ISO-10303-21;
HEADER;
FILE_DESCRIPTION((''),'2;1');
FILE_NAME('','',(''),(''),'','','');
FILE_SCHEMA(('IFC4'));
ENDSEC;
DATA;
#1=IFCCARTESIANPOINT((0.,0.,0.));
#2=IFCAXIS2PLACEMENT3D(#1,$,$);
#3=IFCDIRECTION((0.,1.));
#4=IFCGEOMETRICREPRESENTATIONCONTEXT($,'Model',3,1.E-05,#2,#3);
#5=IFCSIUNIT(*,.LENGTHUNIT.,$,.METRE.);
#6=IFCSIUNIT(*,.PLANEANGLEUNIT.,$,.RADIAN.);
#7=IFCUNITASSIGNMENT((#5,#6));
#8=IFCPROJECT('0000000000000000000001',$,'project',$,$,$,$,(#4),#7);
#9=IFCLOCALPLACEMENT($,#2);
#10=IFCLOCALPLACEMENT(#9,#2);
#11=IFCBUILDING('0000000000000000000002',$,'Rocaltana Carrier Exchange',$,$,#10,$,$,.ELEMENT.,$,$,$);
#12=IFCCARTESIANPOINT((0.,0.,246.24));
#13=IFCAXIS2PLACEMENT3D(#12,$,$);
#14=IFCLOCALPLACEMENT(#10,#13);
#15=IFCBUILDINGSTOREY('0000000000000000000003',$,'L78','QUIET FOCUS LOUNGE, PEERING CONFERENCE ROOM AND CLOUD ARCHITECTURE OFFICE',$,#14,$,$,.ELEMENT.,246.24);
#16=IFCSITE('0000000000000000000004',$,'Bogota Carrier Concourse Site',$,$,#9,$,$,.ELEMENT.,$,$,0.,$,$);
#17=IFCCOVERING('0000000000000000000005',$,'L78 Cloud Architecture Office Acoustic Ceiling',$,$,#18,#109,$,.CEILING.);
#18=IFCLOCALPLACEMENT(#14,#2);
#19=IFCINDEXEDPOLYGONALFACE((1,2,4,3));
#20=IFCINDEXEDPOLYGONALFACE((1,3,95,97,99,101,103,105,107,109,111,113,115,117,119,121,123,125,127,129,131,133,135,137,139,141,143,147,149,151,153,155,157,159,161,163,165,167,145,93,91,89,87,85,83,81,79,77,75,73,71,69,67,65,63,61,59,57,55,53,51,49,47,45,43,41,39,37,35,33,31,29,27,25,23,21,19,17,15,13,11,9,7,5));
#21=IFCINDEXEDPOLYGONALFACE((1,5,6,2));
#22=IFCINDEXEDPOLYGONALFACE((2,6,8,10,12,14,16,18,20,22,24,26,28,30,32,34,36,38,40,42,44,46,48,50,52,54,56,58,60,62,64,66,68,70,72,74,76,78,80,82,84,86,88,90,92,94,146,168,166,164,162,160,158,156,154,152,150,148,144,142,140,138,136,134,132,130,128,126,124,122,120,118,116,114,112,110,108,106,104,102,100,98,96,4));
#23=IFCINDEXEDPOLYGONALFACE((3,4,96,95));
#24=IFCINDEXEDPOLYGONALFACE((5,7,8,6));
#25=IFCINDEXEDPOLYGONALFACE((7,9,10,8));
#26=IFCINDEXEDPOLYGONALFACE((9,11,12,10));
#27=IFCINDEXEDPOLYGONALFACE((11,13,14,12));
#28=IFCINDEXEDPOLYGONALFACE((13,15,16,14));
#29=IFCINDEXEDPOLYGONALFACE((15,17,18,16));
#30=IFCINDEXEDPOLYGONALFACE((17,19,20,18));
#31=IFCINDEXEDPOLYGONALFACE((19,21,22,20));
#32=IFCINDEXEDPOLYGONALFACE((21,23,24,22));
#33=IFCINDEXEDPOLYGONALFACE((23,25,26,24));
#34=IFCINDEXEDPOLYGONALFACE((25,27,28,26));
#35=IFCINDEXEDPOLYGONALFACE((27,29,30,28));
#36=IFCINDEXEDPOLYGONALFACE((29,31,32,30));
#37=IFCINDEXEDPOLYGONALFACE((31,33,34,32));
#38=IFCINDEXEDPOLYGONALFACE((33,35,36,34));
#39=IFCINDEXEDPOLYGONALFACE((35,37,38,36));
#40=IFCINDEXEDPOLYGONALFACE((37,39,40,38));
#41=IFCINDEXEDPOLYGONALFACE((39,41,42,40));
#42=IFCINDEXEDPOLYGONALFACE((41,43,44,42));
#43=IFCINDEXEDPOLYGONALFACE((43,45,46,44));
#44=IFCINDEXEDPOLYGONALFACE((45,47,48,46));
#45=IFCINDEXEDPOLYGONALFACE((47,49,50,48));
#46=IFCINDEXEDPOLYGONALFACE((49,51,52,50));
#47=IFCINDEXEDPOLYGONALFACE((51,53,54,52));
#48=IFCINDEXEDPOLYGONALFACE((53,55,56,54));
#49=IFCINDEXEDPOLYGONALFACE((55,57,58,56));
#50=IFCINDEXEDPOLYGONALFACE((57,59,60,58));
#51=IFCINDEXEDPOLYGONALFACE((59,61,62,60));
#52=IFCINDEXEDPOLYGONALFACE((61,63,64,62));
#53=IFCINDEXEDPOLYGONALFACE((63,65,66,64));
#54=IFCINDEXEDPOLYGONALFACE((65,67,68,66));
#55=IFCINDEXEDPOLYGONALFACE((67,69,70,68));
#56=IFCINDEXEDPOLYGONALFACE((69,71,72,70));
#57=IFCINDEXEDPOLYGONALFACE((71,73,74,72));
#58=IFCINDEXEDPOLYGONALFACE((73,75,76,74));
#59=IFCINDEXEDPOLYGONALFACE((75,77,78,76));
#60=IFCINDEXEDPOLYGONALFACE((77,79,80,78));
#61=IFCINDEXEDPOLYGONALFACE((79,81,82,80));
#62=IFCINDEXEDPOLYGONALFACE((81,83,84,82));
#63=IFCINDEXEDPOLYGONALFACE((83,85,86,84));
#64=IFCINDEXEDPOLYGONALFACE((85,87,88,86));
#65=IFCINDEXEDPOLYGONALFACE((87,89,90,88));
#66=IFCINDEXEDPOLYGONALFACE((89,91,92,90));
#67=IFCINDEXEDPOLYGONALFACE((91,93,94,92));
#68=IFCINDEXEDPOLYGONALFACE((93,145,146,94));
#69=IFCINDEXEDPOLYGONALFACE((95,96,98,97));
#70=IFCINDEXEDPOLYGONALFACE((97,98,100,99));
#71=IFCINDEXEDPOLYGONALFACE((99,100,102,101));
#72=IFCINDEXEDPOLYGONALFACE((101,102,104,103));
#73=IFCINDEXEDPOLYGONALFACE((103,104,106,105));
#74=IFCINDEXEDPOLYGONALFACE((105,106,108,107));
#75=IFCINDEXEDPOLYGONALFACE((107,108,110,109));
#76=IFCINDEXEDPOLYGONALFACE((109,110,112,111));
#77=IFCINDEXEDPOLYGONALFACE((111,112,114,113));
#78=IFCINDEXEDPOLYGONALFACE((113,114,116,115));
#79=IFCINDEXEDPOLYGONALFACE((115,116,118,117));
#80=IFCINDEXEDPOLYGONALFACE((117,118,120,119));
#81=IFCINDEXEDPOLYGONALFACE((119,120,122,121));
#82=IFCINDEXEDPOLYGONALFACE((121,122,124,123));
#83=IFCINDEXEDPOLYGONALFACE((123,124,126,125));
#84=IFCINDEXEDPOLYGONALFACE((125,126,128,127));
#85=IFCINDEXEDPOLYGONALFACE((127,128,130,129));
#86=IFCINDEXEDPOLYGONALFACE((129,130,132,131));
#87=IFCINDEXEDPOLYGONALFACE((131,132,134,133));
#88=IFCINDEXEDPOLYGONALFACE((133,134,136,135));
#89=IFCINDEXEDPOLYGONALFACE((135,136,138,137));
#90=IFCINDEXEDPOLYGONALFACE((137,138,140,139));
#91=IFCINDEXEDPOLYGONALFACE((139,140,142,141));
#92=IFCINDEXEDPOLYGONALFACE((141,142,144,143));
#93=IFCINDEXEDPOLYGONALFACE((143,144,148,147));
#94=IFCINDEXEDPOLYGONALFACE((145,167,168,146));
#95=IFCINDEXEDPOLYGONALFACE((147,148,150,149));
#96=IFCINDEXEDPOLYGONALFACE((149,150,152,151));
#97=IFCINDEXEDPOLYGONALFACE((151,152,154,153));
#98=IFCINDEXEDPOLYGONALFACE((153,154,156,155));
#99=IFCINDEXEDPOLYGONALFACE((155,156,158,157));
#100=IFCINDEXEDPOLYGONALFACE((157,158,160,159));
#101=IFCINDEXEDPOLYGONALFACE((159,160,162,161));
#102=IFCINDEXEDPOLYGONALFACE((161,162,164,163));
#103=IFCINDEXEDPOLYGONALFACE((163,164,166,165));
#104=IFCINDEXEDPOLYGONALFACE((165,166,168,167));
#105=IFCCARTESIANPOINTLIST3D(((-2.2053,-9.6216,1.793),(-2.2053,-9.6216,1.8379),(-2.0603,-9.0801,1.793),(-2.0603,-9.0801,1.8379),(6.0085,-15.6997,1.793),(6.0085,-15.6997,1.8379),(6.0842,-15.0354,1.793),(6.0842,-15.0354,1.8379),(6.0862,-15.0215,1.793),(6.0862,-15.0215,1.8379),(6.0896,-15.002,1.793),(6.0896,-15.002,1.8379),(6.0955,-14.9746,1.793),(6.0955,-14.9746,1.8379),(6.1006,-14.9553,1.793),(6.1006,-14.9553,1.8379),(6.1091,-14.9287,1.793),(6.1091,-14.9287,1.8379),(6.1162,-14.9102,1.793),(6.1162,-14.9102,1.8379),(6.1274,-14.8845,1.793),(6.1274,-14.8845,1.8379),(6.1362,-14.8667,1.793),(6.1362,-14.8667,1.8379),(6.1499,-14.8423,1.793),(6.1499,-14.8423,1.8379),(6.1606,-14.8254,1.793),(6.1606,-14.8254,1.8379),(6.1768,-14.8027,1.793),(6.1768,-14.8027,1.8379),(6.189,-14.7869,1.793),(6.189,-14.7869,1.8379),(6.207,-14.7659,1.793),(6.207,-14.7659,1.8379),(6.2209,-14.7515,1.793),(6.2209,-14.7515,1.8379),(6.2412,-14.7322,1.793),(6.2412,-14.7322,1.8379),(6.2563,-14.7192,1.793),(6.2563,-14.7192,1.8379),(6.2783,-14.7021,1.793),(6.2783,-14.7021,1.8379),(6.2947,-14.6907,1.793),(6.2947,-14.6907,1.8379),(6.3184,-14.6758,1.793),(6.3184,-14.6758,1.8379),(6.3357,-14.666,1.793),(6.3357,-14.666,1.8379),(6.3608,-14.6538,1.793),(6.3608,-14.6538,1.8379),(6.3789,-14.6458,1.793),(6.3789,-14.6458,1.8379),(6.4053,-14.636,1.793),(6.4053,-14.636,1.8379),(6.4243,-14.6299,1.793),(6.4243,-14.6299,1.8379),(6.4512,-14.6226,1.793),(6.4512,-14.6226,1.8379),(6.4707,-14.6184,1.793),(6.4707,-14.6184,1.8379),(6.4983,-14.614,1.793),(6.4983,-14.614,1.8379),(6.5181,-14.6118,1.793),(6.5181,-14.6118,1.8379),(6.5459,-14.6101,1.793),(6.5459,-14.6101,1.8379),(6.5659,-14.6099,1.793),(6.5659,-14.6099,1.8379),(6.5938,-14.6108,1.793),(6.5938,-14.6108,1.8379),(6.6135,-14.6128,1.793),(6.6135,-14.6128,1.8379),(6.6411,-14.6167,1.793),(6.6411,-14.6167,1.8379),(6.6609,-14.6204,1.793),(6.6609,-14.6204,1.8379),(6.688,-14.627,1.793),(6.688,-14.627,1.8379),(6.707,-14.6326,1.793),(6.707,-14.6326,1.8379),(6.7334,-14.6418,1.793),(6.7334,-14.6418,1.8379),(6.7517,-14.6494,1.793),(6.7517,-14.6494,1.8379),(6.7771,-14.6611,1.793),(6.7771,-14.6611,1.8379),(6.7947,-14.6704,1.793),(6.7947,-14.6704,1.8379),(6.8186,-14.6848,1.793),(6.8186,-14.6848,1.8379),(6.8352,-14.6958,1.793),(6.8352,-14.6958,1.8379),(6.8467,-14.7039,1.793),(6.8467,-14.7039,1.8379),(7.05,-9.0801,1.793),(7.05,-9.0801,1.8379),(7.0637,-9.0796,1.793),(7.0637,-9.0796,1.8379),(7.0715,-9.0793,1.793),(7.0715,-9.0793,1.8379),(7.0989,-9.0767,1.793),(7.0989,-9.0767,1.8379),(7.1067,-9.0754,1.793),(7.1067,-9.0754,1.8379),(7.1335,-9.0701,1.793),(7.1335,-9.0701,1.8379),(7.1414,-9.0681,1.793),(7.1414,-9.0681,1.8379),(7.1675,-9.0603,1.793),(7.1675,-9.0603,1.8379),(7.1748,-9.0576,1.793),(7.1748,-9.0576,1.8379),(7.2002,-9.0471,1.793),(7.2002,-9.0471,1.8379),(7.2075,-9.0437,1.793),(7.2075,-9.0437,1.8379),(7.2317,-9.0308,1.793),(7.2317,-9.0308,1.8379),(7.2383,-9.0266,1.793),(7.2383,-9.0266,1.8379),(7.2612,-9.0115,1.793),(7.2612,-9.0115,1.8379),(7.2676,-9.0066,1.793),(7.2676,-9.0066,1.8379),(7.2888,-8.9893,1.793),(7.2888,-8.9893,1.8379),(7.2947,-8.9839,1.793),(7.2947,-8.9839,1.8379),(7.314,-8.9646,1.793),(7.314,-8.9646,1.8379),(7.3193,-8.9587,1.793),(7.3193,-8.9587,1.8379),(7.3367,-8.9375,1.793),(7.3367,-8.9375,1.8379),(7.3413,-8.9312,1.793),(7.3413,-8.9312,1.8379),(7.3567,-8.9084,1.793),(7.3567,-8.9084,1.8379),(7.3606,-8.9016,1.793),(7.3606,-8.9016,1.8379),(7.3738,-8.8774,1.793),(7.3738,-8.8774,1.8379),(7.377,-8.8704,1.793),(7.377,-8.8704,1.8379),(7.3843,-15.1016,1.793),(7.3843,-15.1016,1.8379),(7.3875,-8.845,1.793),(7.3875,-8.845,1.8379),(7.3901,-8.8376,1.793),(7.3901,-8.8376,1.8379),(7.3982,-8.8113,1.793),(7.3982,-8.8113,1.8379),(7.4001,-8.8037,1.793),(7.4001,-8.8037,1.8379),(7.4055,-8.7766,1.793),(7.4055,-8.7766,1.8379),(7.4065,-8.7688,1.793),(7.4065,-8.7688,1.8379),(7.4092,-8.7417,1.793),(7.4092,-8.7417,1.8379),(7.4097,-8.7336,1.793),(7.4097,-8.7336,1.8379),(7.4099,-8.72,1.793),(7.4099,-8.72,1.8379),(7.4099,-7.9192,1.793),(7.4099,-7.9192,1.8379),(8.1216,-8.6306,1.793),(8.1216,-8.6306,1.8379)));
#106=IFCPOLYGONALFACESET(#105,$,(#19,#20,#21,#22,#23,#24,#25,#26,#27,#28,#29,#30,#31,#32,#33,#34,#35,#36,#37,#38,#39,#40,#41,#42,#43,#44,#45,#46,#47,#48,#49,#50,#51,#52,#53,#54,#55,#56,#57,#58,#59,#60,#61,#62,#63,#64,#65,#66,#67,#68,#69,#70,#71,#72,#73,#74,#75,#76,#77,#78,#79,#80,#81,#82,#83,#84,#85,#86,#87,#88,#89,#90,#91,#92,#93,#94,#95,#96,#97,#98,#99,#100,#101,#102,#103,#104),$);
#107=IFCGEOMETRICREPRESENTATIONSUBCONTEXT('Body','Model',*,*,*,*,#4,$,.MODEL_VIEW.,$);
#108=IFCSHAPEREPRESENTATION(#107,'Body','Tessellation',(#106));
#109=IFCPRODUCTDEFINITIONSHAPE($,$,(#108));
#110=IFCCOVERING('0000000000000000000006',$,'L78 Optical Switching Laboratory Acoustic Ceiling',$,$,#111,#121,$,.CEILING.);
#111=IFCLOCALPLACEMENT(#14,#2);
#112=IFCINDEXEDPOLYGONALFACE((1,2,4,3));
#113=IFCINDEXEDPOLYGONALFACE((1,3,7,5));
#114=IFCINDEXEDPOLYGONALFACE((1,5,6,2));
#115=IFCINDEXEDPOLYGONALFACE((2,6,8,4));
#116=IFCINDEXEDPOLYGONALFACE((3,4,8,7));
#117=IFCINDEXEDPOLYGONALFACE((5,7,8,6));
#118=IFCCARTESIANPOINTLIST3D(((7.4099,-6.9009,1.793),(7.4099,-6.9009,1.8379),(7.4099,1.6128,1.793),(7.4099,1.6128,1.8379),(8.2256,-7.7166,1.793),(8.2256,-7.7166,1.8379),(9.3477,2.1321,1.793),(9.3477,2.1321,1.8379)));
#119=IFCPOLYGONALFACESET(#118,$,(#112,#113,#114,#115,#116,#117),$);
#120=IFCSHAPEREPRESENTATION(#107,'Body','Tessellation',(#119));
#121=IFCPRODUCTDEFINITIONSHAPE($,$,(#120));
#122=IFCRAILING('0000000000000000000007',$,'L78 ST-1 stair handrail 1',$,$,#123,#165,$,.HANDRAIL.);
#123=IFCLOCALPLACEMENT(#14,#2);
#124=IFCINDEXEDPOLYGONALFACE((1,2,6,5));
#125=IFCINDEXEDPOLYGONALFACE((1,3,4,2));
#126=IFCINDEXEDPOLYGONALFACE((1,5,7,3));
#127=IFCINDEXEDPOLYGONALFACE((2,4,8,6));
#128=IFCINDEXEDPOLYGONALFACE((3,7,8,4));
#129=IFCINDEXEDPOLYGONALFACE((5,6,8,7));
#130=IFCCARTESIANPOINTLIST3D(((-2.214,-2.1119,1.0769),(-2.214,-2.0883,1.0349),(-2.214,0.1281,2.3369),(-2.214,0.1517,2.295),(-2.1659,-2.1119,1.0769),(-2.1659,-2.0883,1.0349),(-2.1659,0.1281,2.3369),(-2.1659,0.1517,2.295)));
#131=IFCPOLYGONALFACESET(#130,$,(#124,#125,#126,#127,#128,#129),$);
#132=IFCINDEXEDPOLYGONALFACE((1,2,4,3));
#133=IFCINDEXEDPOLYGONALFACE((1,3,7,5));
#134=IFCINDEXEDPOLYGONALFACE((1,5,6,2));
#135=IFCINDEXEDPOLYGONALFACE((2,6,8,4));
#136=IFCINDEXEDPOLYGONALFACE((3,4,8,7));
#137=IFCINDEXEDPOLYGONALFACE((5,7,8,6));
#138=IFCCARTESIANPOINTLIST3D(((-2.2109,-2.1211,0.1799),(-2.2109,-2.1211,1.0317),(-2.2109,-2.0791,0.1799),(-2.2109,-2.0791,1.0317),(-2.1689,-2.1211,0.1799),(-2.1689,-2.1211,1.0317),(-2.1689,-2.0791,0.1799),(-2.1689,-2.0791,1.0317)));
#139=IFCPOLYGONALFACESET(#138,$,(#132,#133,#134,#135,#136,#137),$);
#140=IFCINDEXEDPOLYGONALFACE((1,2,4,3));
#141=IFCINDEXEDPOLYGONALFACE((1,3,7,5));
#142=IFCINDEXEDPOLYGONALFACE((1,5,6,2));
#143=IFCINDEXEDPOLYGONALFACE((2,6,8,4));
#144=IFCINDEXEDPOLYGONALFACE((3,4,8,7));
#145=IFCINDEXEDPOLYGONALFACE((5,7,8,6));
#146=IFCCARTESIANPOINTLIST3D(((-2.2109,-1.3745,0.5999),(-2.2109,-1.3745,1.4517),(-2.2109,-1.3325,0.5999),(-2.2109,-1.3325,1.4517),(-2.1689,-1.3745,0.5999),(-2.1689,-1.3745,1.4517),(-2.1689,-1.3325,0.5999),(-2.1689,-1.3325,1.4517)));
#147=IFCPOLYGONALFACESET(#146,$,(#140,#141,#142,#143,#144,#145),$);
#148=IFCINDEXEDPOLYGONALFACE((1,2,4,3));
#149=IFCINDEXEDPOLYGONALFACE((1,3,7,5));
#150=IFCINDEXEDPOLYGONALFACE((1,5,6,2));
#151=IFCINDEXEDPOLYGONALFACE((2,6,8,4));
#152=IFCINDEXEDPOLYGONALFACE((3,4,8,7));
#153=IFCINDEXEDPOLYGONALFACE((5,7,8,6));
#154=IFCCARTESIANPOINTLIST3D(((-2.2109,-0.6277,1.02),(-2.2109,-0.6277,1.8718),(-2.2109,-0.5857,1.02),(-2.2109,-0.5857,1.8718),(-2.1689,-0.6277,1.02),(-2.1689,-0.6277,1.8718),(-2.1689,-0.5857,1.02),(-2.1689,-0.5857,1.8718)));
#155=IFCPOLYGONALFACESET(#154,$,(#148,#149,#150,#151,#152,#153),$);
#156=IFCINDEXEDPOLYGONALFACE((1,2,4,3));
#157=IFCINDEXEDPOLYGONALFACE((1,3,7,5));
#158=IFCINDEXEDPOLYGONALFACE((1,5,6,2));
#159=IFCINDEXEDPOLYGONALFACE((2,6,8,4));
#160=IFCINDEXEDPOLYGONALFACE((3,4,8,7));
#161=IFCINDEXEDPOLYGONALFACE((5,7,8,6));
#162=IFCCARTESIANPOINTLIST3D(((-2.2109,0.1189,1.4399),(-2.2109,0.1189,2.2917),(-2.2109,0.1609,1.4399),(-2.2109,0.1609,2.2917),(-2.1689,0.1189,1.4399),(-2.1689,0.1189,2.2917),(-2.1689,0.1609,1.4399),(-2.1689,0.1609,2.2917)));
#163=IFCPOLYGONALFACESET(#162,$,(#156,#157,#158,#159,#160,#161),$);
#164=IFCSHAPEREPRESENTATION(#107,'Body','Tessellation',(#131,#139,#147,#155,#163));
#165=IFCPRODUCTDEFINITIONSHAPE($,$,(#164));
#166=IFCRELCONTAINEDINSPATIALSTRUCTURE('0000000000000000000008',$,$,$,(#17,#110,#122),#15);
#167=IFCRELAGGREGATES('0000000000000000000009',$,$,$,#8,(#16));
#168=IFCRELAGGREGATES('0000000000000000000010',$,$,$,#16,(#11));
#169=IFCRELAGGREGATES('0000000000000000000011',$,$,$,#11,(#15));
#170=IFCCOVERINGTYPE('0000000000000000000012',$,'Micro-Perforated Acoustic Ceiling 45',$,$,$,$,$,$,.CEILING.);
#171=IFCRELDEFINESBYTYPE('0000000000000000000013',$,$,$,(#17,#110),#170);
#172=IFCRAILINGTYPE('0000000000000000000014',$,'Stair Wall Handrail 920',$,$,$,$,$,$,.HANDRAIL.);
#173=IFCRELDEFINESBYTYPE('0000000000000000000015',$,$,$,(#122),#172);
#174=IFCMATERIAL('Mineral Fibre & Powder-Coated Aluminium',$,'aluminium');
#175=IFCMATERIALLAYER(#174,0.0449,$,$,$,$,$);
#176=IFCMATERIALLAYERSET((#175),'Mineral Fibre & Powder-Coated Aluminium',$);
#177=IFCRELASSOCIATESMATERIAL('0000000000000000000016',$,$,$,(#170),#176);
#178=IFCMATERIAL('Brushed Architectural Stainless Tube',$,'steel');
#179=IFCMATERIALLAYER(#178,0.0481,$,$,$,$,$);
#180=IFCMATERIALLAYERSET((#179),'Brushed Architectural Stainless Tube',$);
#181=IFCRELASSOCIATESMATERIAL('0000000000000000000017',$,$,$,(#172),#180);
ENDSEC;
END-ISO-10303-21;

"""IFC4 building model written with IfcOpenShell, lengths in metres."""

from ifc_helpers import new_model, si_unit, direction, frame, origin, origin_2d, place, context, subcontext, project, spatial, polyline, rectangle, outline, extrude, material, layer, layer_set, type_object, element, save


model = new_model("IFC4")

# Units and contexts
model_context = context("Model", 3, precision=1e-05, world=origin(), true_north=direction((0.0, 1.0)))
body_context = subcontext(model_context, "Body", "Model", "MODEL_VIEW")
ifc_project = project(units=[si_unit("LENGTHUNIT", "METRE"), si_unit("PLANEANGLEUNIT", "RADIAN")], contexts=[model_context])

# Site, building, storey
site_placement = place(None, origin())
site = spatial("IfcSite", under=ifc_project, at=site_placement, Name="Bogota Carrier Concourse Site", CompositionType="ELEMENT", RefElevation=0.0)
building_placement = place(site_placement, origin())
building = spatial("IfcBuilding", under=site, at=building_placement, Name="Rocaltana Carrier Exchange", CompositionType="ELEMENT")
storey_placement = place(building_placement, frame((0.0, 0.0, 246.24)))
storey = spatial("IfcBuildingStorey", under=building, at=storey_placement, Name="L78", Description="QUIET FOCUS LOUNGE, PEERING CONFERENCE ROOM AND CLOUD ARCHITECTURE OFFICE", CompositionType="ELEMENT", Elevation=246.24)

# Coverings
ifc_material_1 = material(Name="Mineral Fibre & Powder-Coated Aluminium", Category="aluminium")
ifc_layer_1 = layer(ifc_material_1, 0.0449)
ifc_layer_set_1 = layer_set([ifc_layer_1], Name="Mineral Fibre & Powder-Coated Aluminium")
covering_type_1 = type_object("IfcCoveringType", Name="Micro-Perforated Acoustic Ceiling 45", PredefinedType="CEILING", material=ifc_layer_set_1)
covering_1_placement = place(storey_placement, frame((0.0, 0.0, 1.793)))
element("IfcCovering", 1, at=covering_1_placement, inside=storey, type_object=covering_type_1, Name="L78 Cloud Architecture Office Acoustic Ceiling", PredefinedType="CEILING", context=body_context, shape_type="SweptSolid", body=[
    extrude(outline(polyline([(7.3843, -15.1016), (6.8467, -14.7039), (6.8352, -14.6958), (6.8186, -14.6848), (6.7947, -14.6704), (6.7771, -14.6611), (6.7517, -14.6494), (6.7334, -14.6418), (6.707, -14.6326), (6.688, -14.627), (6.6609, -14.6204), (6.6411, -14.6167), (6.6135, -14.6128), (6.5938, -14.6108), (6.5659, -14.6099), (6.5459, -14.6101), (6.5181, -14.6118), (6.4983, -14.614), (6.4707, -14.6184), (6.4512, -14.6226), (6.4243, -14.6299), (6.4053, -14.636), (6.3789, -14.6458), (6.3608, -14.6538), (6.3357, -14.666), (6.3184, -14.6758), (6.2947, -14.6907), (6.2783, -14.7021), (6.2563, -14.7192), (6.2412, -14.7322), (6.2209, -14.7515), (6.207, -14.7659), (6.189, -14.7869), (6.1768, -14.8027), (6.1606, -14.8254), (6.1499, -14.8423), (6.1362, -14.8667), (6.1274, -14.8845), (6.1162, -14.9102), (6.1091, -14.9287), (6.1006, -14.9553), (6.0955, -14.9746), (6.0896, -15.002), (6.0862, -15.0215), (6.0842, -15.0354), (6.0085, -15.6997), (-2.2053, -9.6216), (-2.0603, -9.0801), (7.05, -9.0801), (7.0637, -9.0796), (7.0715, -9.0793), (7.0989, -9.0767), (7.1067, -9.0754), (7.1335, -9.0701), (7.1414, -9.0681), (7.1675, -9.0603), (7.1748, -9.0576), (7.2002, -9.0471), (7.2075, -9.0437), (7.2317, -9.0308), (7.2383, -9.0266), (7.2612, -9.0115), (7.2676, -9.0066), (7.2888, -8.9893), (7.2947, -8.9839), (7.314, -8.9646), (7.3193, -8.9587), (7.3367, -8.9375), (7.3413, -8.9312), (7.3567, -8.9084), (7.3606, -8.9016), (7.3738, -8.8774), (7.377, -8.8704), (7.3875, -8.845), (7.3901, -8.8376), (7.3982, -8.8113), (7.4001, -8.8037), (7.4055, -8.7766), (7.4065, -8.7688), (7.4092, -8.7417), (7.4097, -8.7336), (7.4099, -8.72), (7.4099, -7.9192), (8.1216, -8.6306), (7.3843, -15.1016)])), origin(), (0.0, 0.0, 1.0), 0.0449),
])
covering_2_placement = place(storey_placement, frame((0.0, 0.0, 1.793)))
element("IfcCovering", 2, at=covering_2_placement, inside=storey, type_object=covering_type_1, Name="L78 Optical Switching Laboratory Acoustic Ceiling", PredefinedType="CEILING", context=body_context, shape_type="SweptSolid", body=[
    extrude(outline(polyline([(8.2256, -7.7166), (7.4099, -6.9009), (7.4099, 1.6128), (9.3477, 2.1321), (8.2256, -7.7166)])), origin(), (0.0, 0.0, 1.0), 0.0449),
])

# Railing
ifc_material_2 = material(Name="Brushed Architectural Stainless Tube", Category="steel")
ifc_layer_2 = layer(ifc_material_2, 0.0481)
ifc_layer_set_2 = layer_set([ifc_layer_2], Name="Brushed Architectural Stainless Tube")
railing_type_1 = type_object("IfcRailingType", Name="Stair Wall Handrail 920", PredefinedType="HANDRAIL", material=ifc_layer_set_2)
railing_1_placement = place(storey_placement, frame((-2.1899, -2.1001, 0.1799)))
element("IfcRailing", 3, at=railing_1_placement, inside=storey, type_object=railing_type_1, Name="L78 ST-1 stair handrail 1", PredefinedType="HANDRAIL", context=body_context, shape_type="SweptSolid", body=[
    extrude(rectangle(XDim=0.0481, YDim=0.0481, at=origin_2d()), frame((0.0, 0.0, 0.876), z_axis=(0.0, 0.871573, 0.490266), x_axis=(-1.0, 0.0, 0.0)), (0.0, 0.0, 1.0), 2.5701),
    extrude(rectangle(XDim=0.042, YDim=0.042, at=origin_2d()), origin(), (0.0, 0.0, 1.0), 0.8518),
    extrude(rectangle(XDim=0.042, YDim=0.042, at=origin_2d()), frame((0.0, 0.7466, 0.4199)), (0.0, 0.0, 1.0), 0.8518),
    extrude(rectangle(XDim=0.042, YDim=0.042, at=origin_2d()), frame((0.0, 1.4934, 0.8401)), (0.0, 0.0, 1.0), 0.8518),
    extrude(rectangle(XDim=0.042, YDim=0.042, at=origin_2d()), frame((0.0, 2.24, 1.26)), (0.0, 0.0, 1.0), 0.8518),
])

save(model, "model.ifc")
